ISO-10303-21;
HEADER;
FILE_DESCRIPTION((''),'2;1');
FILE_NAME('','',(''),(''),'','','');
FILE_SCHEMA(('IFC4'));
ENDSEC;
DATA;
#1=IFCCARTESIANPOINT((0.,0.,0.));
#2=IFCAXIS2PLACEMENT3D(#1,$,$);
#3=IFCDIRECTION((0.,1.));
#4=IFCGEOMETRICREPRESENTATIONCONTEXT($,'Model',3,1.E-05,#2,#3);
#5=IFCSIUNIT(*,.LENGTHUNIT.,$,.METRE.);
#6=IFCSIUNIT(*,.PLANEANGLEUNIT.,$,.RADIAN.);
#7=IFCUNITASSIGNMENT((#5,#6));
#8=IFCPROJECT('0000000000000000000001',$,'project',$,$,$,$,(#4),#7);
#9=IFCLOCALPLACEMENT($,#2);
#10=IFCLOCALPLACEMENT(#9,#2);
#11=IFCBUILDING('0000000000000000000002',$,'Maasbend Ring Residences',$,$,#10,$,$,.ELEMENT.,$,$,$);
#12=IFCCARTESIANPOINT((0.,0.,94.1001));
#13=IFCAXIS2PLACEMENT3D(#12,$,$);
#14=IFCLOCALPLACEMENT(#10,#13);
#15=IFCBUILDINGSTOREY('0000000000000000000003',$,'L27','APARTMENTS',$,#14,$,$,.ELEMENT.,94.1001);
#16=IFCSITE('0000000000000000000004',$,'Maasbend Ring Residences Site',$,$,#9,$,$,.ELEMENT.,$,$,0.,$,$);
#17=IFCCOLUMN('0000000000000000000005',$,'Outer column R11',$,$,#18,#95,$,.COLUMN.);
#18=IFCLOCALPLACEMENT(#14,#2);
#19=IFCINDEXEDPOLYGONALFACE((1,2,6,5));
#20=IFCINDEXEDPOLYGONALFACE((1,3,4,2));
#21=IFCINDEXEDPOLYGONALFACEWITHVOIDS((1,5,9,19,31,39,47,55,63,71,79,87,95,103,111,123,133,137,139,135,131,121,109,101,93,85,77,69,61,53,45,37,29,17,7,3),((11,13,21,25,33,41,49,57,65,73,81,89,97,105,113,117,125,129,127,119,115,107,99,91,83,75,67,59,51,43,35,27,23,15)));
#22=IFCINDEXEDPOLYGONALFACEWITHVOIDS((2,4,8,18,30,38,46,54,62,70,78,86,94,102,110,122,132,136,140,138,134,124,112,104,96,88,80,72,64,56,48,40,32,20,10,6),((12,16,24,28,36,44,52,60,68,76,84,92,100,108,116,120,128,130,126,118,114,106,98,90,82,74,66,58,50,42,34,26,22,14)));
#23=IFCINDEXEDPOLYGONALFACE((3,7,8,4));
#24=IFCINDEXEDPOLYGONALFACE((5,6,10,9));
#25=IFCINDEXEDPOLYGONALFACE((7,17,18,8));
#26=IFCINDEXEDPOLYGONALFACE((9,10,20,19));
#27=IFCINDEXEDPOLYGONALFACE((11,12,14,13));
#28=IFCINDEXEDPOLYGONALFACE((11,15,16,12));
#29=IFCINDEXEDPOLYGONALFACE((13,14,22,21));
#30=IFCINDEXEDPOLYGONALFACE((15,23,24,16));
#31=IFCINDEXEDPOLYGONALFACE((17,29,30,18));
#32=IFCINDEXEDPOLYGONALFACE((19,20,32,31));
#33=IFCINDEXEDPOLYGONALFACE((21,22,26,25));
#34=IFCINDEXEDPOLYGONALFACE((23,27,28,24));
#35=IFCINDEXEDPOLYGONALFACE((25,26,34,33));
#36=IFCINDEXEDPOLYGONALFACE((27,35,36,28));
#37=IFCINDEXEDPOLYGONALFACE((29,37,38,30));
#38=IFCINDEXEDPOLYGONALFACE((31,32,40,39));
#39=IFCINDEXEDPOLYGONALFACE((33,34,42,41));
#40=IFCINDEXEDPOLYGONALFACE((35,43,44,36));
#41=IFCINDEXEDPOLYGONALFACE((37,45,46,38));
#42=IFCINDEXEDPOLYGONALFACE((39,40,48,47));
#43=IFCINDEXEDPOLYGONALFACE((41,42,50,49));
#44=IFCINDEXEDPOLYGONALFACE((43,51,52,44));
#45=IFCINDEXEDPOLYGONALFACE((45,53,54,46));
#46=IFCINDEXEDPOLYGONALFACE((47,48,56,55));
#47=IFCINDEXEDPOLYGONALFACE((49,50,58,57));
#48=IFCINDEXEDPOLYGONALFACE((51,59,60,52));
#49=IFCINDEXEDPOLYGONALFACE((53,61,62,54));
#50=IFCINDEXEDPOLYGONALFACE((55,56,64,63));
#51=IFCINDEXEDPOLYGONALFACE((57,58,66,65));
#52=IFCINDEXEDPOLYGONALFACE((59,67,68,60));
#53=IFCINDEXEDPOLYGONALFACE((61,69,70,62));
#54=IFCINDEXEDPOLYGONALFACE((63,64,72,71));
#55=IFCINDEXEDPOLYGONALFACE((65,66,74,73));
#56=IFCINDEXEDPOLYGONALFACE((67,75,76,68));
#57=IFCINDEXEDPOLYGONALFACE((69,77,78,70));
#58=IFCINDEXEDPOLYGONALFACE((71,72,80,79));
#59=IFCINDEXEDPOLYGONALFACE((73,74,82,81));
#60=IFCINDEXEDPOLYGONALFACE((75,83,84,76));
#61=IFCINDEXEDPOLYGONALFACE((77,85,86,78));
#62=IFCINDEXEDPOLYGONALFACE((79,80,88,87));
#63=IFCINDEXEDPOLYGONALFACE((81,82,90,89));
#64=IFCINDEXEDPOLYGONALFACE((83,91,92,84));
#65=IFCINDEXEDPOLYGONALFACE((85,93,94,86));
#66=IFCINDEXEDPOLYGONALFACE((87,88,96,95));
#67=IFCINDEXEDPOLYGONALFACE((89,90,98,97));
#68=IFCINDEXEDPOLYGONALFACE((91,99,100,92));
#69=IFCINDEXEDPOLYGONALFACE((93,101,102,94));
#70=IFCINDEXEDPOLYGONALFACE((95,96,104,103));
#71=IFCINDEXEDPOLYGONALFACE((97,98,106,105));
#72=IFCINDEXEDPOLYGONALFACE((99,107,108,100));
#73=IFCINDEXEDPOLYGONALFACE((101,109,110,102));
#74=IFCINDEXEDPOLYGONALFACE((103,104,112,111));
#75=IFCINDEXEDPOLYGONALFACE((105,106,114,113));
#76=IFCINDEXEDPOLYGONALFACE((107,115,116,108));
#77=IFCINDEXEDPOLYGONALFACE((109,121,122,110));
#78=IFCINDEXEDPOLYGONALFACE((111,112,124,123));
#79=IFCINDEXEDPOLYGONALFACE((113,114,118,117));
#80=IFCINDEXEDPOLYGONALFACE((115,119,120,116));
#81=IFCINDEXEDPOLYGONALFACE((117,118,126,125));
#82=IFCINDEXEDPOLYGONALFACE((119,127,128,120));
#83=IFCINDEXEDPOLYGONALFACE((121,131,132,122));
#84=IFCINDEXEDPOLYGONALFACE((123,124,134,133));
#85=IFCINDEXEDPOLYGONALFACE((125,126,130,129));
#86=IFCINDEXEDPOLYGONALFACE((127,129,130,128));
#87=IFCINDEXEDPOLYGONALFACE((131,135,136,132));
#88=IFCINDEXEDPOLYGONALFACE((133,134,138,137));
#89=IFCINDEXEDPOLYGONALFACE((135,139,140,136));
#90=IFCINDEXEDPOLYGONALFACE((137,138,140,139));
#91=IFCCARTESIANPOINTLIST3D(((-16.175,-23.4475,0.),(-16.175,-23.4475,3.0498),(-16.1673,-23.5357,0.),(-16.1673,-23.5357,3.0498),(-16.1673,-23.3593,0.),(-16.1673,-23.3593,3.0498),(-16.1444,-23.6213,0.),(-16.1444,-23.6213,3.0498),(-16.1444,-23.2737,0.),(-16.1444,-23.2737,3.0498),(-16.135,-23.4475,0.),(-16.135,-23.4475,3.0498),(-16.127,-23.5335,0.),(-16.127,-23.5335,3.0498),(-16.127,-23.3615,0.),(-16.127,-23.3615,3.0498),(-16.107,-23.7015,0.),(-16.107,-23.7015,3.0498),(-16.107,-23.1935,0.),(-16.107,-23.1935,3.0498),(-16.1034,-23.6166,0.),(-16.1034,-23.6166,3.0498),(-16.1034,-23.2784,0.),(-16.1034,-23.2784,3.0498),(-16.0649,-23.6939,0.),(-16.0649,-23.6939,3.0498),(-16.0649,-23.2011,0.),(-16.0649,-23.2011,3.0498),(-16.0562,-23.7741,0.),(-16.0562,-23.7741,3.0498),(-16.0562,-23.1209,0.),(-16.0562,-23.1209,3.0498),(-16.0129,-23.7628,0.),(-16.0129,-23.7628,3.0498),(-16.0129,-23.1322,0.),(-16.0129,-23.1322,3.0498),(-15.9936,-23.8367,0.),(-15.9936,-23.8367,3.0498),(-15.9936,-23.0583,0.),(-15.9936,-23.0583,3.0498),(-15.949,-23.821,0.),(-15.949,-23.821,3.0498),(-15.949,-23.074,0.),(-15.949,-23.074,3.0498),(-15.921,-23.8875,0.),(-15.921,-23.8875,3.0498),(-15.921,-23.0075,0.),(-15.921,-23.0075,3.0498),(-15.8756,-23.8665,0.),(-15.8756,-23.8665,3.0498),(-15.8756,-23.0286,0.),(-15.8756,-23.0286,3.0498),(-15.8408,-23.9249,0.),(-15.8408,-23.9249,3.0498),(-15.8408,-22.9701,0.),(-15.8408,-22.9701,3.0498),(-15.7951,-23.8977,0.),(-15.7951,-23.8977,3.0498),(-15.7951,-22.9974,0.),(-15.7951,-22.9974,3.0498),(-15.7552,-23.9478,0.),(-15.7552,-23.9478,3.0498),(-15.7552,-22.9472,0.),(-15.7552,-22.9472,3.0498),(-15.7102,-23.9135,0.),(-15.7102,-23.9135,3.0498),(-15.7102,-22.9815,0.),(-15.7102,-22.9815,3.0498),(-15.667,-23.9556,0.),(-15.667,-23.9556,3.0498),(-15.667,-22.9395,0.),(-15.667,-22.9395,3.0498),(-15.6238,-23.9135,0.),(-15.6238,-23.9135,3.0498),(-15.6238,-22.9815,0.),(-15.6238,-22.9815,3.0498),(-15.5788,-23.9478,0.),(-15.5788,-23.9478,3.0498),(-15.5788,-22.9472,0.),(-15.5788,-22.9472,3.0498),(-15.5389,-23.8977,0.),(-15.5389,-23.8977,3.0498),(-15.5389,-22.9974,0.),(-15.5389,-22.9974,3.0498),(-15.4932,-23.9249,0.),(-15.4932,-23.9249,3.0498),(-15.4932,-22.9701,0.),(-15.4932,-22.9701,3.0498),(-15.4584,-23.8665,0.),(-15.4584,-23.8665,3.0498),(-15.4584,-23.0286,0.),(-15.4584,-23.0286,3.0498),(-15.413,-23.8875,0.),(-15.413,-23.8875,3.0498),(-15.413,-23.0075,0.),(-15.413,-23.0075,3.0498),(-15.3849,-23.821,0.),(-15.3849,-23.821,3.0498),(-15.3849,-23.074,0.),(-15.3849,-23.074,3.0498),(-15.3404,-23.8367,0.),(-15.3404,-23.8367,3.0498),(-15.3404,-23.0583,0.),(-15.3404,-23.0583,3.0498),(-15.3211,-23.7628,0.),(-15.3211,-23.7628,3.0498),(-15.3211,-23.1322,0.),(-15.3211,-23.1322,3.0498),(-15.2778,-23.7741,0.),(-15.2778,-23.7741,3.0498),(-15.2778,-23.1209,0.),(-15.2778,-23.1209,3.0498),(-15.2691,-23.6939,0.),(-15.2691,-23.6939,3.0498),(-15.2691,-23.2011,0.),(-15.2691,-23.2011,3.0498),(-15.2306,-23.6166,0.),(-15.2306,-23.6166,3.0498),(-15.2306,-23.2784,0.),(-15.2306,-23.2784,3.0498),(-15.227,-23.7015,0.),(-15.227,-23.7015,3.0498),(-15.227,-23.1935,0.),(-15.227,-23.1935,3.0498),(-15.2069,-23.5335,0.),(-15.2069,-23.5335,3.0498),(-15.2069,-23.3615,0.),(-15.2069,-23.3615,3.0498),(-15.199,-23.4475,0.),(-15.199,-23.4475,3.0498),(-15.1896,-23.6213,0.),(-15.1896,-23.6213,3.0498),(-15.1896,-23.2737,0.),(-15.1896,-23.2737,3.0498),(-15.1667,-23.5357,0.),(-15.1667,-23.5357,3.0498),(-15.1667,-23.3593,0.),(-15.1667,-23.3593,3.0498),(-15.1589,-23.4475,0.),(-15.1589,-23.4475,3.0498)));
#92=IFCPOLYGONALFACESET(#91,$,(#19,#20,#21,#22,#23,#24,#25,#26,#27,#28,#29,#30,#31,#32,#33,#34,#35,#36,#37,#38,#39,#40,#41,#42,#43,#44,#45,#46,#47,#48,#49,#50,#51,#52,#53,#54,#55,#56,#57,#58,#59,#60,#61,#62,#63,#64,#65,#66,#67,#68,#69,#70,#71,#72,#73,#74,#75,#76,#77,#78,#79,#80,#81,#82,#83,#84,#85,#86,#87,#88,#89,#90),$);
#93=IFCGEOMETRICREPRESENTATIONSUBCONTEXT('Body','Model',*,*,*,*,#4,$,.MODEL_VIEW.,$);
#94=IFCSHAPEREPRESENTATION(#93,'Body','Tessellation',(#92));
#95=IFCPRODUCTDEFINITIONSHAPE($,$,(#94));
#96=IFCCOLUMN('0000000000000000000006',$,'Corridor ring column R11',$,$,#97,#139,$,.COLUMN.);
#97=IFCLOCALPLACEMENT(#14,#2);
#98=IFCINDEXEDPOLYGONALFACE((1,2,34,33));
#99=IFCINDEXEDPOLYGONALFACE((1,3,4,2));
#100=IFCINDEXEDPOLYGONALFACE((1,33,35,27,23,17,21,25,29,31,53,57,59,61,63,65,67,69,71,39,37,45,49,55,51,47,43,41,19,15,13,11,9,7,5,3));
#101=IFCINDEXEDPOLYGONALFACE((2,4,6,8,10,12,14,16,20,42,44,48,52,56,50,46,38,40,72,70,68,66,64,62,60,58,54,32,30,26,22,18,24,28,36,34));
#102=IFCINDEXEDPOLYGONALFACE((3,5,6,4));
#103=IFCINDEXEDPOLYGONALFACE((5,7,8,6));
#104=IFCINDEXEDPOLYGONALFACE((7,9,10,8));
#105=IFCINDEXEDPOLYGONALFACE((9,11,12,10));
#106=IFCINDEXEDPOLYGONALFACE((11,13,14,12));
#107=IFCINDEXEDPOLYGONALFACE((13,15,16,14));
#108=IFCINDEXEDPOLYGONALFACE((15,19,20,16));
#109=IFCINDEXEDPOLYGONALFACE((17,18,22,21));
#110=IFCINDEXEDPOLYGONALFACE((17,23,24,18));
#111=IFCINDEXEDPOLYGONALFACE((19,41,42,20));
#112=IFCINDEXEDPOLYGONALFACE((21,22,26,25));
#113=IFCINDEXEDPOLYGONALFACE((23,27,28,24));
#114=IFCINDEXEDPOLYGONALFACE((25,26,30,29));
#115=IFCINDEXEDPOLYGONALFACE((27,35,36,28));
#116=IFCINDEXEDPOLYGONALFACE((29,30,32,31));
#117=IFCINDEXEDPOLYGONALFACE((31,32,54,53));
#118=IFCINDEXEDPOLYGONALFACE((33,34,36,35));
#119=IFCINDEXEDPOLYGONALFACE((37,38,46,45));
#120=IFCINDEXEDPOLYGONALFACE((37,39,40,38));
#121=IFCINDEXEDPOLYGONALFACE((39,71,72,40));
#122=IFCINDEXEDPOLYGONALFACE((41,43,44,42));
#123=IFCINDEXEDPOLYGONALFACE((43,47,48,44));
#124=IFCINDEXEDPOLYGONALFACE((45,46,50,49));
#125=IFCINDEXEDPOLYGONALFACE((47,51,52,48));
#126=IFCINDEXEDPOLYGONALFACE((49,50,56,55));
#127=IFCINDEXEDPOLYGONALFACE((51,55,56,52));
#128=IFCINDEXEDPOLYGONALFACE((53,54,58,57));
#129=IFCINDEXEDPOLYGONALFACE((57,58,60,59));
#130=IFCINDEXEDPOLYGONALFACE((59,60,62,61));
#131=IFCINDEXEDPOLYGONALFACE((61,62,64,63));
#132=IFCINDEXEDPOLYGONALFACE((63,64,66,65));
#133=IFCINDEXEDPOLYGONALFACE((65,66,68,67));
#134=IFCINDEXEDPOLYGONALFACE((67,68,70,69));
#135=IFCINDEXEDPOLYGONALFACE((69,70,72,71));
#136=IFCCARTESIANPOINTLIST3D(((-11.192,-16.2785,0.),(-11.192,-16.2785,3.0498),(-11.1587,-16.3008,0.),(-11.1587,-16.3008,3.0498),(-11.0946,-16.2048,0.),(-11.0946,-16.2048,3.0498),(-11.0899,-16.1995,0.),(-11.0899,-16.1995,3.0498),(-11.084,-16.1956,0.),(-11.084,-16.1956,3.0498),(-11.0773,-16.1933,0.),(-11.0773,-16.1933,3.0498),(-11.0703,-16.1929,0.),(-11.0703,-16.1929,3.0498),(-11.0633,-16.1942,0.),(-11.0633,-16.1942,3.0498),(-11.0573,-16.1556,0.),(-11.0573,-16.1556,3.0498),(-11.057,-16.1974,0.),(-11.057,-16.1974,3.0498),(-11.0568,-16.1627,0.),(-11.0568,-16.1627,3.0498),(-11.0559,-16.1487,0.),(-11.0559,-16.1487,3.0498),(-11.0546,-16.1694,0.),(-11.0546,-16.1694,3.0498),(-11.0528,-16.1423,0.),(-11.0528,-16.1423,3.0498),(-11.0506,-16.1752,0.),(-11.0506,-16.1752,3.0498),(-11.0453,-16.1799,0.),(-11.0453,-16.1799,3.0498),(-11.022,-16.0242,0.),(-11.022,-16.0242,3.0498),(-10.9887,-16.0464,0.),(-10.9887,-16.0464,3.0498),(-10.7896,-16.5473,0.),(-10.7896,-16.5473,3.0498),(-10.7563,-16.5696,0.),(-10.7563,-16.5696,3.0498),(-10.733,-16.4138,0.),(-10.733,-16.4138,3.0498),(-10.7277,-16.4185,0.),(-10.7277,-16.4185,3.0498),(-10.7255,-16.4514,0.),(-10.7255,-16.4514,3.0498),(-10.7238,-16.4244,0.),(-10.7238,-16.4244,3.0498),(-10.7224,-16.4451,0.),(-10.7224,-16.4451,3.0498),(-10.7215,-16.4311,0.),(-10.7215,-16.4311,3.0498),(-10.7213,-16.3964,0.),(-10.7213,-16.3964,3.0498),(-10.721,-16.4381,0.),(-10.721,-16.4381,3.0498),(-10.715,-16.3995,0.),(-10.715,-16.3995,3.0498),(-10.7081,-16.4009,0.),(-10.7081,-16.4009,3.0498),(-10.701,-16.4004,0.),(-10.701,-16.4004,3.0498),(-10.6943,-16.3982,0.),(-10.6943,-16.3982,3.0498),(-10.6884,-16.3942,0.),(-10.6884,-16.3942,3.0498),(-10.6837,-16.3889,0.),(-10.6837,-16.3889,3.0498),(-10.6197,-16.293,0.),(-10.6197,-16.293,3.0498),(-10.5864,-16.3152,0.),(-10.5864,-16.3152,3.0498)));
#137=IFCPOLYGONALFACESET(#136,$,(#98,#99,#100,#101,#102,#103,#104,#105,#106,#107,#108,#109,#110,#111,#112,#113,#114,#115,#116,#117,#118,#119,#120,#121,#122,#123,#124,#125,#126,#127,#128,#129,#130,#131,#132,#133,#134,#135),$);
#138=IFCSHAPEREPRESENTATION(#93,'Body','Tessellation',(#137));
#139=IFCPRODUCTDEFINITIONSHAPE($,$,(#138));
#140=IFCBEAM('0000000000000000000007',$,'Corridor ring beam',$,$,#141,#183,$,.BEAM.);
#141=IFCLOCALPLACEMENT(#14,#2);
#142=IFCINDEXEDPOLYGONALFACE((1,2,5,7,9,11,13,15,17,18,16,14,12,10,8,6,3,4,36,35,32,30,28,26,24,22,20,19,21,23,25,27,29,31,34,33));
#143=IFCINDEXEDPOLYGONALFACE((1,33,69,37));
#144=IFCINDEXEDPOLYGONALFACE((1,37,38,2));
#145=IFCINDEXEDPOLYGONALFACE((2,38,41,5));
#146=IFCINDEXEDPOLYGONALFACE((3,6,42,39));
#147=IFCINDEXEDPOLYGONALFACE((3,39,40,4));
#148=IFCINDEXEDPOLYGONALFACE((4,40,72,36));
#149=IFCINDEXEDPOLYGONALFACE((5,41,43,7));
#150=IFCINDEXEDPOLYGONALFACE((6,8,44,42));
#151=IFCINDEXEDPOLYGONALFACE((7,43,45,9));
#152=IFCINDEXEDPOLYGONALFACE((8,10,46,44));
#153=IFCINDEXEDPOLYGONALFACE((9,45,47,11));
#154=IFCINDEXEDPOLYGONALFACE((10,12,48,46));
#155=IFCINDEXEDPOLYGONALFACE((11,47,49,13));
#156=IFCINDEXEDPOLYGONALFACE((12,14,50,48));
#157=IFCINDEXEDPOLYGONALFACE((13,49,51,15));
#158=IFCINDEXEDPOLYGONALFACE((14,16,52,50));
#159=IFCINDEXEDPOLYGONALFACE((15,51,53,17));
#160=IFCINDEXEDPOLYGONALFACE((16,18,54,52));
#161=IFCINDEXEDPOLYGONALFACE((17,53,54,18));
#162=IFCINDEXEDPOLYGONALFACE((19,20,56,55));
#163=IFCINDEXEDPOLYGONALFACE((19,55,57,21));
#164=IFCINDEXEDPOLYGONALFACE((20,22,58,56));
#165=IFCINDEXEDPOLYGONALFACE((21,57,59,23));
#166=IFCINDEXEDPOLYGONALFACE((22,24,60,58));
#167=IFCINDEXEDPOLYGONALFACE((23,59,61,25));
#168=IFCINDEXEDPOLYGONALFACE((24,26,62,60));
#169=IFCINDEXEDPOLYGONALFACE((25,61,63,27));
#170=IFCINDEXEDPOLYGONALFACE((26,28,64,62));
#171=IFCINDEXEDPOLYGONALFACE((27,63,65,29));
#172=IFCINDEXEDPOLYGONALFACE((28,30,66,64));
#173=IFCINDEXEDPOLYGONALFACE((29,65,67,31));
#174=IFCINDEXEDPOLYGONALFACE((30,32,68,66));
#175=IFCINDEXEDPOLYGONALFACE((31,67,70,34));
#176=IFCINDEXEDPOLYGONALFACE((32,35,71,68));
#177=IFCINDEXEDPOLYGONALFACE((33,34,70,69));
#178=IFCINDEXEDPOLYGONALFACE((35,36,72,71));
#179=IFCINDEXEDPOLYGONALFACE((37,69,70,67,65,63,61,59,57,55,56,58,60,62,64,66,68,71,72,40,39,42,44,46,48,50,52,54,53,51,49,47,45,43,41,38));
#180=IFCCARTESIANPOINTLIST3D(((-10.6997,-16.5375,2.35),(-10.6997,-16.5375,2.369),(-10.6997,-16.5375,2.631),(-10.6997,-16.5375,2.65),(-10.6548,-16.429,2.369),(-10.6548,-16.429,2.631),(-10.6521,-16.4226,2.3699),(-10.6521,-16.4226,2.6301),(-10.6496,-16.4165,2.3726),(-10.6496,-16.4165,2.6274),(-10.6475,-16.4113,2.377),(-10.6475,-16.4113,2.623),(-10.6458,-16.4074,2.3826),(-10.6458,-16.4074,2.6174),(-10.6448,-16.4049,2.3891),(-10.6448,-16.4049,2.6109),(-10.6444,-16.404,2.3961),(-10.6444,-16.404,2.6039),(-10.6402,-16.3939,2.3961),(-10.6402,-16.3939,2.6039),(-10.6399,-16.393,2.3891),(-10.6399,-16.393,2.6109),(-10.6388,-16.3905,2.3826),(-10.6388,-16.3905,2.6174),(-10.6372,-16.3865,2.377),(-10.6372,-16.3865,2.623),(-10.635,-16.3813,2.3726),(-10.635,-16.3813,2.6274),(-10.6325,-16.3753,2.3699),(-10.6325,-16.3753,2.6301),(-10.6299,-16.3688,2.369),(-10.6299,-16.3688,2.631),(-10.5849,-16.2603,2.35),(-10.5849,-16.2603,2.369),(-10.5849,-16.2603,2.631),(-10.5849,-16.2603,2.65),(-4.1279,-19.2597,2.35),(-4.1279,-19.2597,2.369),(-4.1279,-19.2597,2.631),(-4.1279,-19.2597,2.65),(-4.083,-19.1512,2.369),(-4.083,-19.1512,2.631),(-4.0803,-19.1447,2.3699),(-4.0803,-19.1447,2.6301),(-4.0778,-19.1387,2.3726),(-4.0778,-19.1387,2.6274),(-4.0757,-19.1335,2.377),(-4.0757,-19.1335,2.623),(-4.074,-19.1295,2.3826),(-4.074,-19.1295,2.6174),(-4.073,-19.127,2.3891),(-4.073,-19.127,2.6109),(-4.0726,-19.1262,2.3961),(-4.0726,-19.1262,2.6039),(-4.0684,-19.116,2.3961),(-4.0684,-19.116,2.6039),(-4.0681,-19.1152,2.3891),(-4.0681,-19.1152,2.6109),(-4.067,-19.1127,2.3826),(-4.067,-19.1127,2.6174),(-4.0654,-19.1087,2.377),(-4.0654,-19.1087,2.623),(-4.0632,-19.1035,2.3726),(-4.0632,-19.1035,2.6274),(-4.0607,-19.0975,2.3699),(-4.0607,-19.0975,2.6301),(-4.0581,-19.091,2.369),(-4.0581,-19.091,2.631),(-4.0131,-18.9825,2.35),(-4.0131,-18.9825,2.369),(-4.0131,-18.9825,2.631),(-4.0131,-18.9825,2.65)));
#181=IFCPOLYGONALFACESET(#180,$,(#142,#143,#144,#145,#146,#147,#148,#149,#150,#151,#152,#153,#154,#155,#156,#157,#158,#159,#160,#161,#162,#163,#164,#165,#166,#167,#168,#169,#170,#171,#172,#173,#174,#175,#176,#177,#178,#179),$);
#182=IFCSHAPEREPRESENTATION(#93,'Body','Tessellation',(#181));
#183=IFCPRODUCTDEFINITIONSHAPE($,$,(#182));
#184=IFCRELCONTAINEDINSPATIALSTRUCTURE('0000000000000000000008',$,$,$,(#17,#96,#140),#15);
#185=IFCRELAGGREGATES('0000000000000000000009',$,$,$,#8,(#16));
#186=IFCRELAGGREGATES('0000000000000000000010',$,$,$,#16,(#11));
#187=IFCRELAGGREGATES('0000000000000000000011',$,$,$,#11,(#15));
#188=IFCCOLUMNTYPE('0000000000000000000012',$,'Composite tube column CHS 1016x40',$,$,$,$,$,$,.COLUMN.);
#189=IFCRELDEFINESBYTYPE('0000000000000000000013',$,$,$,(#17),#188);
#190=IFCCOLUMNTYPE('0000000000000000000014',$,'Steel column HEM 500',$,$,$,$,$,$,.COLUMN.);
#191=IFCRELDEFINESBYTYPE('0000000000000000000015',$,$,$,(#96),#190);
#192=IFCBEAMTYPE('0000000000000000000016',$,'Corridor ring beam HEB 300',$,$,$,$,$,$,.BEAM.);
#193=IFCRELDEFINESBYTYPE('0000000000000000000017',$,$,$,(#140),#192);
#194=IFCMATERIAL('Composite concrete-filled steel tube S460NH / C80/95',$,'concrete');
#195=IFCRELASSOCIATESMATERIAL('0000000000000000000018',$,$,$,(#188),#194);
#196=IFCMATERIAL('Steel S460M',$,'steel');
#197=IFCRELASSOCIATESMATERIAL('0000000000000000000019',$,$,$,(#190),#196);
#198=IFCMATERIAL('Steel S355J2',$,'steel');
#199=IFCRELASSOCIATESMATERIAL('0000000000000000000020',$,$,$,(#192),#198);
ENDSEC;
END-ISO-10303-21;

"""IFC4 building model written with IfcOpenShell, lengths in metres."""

from ifc_helpers import new_model, si_unit, direction, frame, origin, origin_2d, place, context, subcontext, project, spatial, hollow_circle, i_section, extrude, material, material_profile, profile_set, type_object, element, save


model = new_model("IFC4")

# Units and contexts
model_context = context("Model", 3, precision=1e-05, world=origin(), true_north=direction((0.0, 1.0)))
body_context = subcontext(model_context, "Body", "Model", "MODEL_VIEW")
ifc_project = project(units=[si_unit("LENGTHUNIT", "METRE"), si_unit("PLANEANGLEUNIT", "RADIAN")], contexts=[model_context])

# Site, building, storey
site_placement = place(None, origin())
site = spatial("IfcSite", under=ifc_project, at=site_placement, Name="Maasbend Ring Residences Site", CompositionType="ELEMENT", RefElevation=0.0)
building_placement = place(site_placement, origin())
building = spatial("IfcBuilding", under=site, at=building_placement, Name="Maasbend Ring Residences", CompositionType="ELEMENT")
storey_placement = place(building_placement, frame((0.0, 0.0, 94.1001)))
storey = spatial("IfcBuildingStorey", under=building, at=storey_placement, Name="L27", Description="APARTMENTS", CompositionType="ELEMENT", Elevation=94.1001)

# Columns
ifc_material_1 = material(Name="Composite concrete-filled steel tube S460NH / C80/95", Category="concrete")
ifc_material_profile_1 = material_profile(ifc_material_1, hollow_circle(Radius=0.5081, WallThickness=0.04, at=origin_2d()), Name="Composite tube column CHS 1016x40")
ifc_profile_set_1 = profile_set([ifc_material_profile_1], Name="Composite concrete-filled steel tube S460NH / C80/95")
column_type_1 = type_object("IfcColumnType", Name="Composite tube column CHS 1016x40", PredefinedType="COLUMN", material=ifc_profile_set_1)
column_1_placement = place(storey_placement, frame((-15.667, -23.4475, 0.0), z_axis=(0.0, 0.0, 1.0), x_axis=(1.0, 0.0, 0.0)))
element("IfcColumn", 1, at=column_1_placement, inside=storey, type_object=column_type_1, Name="Outer column R11", PredefinedType="COLUMN", context=body_context, shape_type="SweptSolid", body=[
    extrude(hollow_circle(Radius=0.5081, WallThickness=0.04, at=origin_2d()), origin(), (0.0, 0.0, 1.0), 3.0498),
])
ifc_material_2 = material(Name="Steel S460M", Category="steel")
ifc_material_profile_2 = material_profile(ifc_material_2, i_section(OverallWidth=0.3059, OverallDepth=0.5239, WebThickness=0.021, FlangeThickness=0.04, FilletRadius=0.0271, at=origin_2d()), Name="HEM 500")
ifc_profile_set_2 = profile_set([ifc_material_profile_2], Name="Steel S460M")
column_type_2 = type_object("IfcColumnType", Name="Steel column HEM 500", PredefinedType="COLUMN", material=ifc_profile_set_2)
column_2_placement = place(storey_placement, frame((-10.8892, -16.2969, 0.0), z_axis=(0.0, 0.0, 1.0), x_axis=(-0.55557, -0.83147, 0.0)))
element("IfcColumn", 2, at=column_2_placement, inside=storey, type_object=column_type_2, Name="Corridor ring column R11", PredefinedType="COLUMN", context=body_context, shape_type="SweptSolid", body=[
    extrude(i_section(OverallWidth=0.3059, OverallDepth=0.5239, WebThickness=0.021, FlangeThickness=0.04, FilletRadius=0.0271, at=origin_2d()), origin(), (0.0, 0.0, 1.0), 3.0498),
])

# Beam
ifc_material_3 = material(Name="Steel S355J2", Category="steel")
ifc_material_profile_3 = material_profile(ifc_material_3, i_section(OverallWidth=0.3, OverallDepth=0.3, WebThickness=0.011, FlangeThickness=0.019, FilletRadius=0.0271, at=origin_2d()), Name="HEB 300")
ifc_profile_set_3 = profile_set([ifc_material_profile_3], Name="Steel S355J2")
beam_type_1 = type_object("IfcBeamType", Name="Corridor ring beam HEB 300", PredefinedType="BEAM", material=ifc_profile_set_3)
beam_1_placement = place(storey_placement, frame((-10.6423, -16.3989, 2.5), z_axis=(0.923877, -0.382689, 0.0), x_axis=(0.382689, 0.923877, 0.0)))
element("IfcBeam", 3, at=beam_1_placement, inside=storey, type_object=beam_type_1, Name="Corridor ring beam", PredefinedType="BEAM", context=body_context, shape_type="SweptSolid", body=[
    extrude(i_section(OverallWidth=0.3, OverallDepth=0.3, WebThickness=0.011, FlangeThickness=0.019, FilletRadius=0.0271, at=origin_2d()), origin(), (0.0, 0.0, 1.0), 7.1133),
])

save(model, "model.ifc")
